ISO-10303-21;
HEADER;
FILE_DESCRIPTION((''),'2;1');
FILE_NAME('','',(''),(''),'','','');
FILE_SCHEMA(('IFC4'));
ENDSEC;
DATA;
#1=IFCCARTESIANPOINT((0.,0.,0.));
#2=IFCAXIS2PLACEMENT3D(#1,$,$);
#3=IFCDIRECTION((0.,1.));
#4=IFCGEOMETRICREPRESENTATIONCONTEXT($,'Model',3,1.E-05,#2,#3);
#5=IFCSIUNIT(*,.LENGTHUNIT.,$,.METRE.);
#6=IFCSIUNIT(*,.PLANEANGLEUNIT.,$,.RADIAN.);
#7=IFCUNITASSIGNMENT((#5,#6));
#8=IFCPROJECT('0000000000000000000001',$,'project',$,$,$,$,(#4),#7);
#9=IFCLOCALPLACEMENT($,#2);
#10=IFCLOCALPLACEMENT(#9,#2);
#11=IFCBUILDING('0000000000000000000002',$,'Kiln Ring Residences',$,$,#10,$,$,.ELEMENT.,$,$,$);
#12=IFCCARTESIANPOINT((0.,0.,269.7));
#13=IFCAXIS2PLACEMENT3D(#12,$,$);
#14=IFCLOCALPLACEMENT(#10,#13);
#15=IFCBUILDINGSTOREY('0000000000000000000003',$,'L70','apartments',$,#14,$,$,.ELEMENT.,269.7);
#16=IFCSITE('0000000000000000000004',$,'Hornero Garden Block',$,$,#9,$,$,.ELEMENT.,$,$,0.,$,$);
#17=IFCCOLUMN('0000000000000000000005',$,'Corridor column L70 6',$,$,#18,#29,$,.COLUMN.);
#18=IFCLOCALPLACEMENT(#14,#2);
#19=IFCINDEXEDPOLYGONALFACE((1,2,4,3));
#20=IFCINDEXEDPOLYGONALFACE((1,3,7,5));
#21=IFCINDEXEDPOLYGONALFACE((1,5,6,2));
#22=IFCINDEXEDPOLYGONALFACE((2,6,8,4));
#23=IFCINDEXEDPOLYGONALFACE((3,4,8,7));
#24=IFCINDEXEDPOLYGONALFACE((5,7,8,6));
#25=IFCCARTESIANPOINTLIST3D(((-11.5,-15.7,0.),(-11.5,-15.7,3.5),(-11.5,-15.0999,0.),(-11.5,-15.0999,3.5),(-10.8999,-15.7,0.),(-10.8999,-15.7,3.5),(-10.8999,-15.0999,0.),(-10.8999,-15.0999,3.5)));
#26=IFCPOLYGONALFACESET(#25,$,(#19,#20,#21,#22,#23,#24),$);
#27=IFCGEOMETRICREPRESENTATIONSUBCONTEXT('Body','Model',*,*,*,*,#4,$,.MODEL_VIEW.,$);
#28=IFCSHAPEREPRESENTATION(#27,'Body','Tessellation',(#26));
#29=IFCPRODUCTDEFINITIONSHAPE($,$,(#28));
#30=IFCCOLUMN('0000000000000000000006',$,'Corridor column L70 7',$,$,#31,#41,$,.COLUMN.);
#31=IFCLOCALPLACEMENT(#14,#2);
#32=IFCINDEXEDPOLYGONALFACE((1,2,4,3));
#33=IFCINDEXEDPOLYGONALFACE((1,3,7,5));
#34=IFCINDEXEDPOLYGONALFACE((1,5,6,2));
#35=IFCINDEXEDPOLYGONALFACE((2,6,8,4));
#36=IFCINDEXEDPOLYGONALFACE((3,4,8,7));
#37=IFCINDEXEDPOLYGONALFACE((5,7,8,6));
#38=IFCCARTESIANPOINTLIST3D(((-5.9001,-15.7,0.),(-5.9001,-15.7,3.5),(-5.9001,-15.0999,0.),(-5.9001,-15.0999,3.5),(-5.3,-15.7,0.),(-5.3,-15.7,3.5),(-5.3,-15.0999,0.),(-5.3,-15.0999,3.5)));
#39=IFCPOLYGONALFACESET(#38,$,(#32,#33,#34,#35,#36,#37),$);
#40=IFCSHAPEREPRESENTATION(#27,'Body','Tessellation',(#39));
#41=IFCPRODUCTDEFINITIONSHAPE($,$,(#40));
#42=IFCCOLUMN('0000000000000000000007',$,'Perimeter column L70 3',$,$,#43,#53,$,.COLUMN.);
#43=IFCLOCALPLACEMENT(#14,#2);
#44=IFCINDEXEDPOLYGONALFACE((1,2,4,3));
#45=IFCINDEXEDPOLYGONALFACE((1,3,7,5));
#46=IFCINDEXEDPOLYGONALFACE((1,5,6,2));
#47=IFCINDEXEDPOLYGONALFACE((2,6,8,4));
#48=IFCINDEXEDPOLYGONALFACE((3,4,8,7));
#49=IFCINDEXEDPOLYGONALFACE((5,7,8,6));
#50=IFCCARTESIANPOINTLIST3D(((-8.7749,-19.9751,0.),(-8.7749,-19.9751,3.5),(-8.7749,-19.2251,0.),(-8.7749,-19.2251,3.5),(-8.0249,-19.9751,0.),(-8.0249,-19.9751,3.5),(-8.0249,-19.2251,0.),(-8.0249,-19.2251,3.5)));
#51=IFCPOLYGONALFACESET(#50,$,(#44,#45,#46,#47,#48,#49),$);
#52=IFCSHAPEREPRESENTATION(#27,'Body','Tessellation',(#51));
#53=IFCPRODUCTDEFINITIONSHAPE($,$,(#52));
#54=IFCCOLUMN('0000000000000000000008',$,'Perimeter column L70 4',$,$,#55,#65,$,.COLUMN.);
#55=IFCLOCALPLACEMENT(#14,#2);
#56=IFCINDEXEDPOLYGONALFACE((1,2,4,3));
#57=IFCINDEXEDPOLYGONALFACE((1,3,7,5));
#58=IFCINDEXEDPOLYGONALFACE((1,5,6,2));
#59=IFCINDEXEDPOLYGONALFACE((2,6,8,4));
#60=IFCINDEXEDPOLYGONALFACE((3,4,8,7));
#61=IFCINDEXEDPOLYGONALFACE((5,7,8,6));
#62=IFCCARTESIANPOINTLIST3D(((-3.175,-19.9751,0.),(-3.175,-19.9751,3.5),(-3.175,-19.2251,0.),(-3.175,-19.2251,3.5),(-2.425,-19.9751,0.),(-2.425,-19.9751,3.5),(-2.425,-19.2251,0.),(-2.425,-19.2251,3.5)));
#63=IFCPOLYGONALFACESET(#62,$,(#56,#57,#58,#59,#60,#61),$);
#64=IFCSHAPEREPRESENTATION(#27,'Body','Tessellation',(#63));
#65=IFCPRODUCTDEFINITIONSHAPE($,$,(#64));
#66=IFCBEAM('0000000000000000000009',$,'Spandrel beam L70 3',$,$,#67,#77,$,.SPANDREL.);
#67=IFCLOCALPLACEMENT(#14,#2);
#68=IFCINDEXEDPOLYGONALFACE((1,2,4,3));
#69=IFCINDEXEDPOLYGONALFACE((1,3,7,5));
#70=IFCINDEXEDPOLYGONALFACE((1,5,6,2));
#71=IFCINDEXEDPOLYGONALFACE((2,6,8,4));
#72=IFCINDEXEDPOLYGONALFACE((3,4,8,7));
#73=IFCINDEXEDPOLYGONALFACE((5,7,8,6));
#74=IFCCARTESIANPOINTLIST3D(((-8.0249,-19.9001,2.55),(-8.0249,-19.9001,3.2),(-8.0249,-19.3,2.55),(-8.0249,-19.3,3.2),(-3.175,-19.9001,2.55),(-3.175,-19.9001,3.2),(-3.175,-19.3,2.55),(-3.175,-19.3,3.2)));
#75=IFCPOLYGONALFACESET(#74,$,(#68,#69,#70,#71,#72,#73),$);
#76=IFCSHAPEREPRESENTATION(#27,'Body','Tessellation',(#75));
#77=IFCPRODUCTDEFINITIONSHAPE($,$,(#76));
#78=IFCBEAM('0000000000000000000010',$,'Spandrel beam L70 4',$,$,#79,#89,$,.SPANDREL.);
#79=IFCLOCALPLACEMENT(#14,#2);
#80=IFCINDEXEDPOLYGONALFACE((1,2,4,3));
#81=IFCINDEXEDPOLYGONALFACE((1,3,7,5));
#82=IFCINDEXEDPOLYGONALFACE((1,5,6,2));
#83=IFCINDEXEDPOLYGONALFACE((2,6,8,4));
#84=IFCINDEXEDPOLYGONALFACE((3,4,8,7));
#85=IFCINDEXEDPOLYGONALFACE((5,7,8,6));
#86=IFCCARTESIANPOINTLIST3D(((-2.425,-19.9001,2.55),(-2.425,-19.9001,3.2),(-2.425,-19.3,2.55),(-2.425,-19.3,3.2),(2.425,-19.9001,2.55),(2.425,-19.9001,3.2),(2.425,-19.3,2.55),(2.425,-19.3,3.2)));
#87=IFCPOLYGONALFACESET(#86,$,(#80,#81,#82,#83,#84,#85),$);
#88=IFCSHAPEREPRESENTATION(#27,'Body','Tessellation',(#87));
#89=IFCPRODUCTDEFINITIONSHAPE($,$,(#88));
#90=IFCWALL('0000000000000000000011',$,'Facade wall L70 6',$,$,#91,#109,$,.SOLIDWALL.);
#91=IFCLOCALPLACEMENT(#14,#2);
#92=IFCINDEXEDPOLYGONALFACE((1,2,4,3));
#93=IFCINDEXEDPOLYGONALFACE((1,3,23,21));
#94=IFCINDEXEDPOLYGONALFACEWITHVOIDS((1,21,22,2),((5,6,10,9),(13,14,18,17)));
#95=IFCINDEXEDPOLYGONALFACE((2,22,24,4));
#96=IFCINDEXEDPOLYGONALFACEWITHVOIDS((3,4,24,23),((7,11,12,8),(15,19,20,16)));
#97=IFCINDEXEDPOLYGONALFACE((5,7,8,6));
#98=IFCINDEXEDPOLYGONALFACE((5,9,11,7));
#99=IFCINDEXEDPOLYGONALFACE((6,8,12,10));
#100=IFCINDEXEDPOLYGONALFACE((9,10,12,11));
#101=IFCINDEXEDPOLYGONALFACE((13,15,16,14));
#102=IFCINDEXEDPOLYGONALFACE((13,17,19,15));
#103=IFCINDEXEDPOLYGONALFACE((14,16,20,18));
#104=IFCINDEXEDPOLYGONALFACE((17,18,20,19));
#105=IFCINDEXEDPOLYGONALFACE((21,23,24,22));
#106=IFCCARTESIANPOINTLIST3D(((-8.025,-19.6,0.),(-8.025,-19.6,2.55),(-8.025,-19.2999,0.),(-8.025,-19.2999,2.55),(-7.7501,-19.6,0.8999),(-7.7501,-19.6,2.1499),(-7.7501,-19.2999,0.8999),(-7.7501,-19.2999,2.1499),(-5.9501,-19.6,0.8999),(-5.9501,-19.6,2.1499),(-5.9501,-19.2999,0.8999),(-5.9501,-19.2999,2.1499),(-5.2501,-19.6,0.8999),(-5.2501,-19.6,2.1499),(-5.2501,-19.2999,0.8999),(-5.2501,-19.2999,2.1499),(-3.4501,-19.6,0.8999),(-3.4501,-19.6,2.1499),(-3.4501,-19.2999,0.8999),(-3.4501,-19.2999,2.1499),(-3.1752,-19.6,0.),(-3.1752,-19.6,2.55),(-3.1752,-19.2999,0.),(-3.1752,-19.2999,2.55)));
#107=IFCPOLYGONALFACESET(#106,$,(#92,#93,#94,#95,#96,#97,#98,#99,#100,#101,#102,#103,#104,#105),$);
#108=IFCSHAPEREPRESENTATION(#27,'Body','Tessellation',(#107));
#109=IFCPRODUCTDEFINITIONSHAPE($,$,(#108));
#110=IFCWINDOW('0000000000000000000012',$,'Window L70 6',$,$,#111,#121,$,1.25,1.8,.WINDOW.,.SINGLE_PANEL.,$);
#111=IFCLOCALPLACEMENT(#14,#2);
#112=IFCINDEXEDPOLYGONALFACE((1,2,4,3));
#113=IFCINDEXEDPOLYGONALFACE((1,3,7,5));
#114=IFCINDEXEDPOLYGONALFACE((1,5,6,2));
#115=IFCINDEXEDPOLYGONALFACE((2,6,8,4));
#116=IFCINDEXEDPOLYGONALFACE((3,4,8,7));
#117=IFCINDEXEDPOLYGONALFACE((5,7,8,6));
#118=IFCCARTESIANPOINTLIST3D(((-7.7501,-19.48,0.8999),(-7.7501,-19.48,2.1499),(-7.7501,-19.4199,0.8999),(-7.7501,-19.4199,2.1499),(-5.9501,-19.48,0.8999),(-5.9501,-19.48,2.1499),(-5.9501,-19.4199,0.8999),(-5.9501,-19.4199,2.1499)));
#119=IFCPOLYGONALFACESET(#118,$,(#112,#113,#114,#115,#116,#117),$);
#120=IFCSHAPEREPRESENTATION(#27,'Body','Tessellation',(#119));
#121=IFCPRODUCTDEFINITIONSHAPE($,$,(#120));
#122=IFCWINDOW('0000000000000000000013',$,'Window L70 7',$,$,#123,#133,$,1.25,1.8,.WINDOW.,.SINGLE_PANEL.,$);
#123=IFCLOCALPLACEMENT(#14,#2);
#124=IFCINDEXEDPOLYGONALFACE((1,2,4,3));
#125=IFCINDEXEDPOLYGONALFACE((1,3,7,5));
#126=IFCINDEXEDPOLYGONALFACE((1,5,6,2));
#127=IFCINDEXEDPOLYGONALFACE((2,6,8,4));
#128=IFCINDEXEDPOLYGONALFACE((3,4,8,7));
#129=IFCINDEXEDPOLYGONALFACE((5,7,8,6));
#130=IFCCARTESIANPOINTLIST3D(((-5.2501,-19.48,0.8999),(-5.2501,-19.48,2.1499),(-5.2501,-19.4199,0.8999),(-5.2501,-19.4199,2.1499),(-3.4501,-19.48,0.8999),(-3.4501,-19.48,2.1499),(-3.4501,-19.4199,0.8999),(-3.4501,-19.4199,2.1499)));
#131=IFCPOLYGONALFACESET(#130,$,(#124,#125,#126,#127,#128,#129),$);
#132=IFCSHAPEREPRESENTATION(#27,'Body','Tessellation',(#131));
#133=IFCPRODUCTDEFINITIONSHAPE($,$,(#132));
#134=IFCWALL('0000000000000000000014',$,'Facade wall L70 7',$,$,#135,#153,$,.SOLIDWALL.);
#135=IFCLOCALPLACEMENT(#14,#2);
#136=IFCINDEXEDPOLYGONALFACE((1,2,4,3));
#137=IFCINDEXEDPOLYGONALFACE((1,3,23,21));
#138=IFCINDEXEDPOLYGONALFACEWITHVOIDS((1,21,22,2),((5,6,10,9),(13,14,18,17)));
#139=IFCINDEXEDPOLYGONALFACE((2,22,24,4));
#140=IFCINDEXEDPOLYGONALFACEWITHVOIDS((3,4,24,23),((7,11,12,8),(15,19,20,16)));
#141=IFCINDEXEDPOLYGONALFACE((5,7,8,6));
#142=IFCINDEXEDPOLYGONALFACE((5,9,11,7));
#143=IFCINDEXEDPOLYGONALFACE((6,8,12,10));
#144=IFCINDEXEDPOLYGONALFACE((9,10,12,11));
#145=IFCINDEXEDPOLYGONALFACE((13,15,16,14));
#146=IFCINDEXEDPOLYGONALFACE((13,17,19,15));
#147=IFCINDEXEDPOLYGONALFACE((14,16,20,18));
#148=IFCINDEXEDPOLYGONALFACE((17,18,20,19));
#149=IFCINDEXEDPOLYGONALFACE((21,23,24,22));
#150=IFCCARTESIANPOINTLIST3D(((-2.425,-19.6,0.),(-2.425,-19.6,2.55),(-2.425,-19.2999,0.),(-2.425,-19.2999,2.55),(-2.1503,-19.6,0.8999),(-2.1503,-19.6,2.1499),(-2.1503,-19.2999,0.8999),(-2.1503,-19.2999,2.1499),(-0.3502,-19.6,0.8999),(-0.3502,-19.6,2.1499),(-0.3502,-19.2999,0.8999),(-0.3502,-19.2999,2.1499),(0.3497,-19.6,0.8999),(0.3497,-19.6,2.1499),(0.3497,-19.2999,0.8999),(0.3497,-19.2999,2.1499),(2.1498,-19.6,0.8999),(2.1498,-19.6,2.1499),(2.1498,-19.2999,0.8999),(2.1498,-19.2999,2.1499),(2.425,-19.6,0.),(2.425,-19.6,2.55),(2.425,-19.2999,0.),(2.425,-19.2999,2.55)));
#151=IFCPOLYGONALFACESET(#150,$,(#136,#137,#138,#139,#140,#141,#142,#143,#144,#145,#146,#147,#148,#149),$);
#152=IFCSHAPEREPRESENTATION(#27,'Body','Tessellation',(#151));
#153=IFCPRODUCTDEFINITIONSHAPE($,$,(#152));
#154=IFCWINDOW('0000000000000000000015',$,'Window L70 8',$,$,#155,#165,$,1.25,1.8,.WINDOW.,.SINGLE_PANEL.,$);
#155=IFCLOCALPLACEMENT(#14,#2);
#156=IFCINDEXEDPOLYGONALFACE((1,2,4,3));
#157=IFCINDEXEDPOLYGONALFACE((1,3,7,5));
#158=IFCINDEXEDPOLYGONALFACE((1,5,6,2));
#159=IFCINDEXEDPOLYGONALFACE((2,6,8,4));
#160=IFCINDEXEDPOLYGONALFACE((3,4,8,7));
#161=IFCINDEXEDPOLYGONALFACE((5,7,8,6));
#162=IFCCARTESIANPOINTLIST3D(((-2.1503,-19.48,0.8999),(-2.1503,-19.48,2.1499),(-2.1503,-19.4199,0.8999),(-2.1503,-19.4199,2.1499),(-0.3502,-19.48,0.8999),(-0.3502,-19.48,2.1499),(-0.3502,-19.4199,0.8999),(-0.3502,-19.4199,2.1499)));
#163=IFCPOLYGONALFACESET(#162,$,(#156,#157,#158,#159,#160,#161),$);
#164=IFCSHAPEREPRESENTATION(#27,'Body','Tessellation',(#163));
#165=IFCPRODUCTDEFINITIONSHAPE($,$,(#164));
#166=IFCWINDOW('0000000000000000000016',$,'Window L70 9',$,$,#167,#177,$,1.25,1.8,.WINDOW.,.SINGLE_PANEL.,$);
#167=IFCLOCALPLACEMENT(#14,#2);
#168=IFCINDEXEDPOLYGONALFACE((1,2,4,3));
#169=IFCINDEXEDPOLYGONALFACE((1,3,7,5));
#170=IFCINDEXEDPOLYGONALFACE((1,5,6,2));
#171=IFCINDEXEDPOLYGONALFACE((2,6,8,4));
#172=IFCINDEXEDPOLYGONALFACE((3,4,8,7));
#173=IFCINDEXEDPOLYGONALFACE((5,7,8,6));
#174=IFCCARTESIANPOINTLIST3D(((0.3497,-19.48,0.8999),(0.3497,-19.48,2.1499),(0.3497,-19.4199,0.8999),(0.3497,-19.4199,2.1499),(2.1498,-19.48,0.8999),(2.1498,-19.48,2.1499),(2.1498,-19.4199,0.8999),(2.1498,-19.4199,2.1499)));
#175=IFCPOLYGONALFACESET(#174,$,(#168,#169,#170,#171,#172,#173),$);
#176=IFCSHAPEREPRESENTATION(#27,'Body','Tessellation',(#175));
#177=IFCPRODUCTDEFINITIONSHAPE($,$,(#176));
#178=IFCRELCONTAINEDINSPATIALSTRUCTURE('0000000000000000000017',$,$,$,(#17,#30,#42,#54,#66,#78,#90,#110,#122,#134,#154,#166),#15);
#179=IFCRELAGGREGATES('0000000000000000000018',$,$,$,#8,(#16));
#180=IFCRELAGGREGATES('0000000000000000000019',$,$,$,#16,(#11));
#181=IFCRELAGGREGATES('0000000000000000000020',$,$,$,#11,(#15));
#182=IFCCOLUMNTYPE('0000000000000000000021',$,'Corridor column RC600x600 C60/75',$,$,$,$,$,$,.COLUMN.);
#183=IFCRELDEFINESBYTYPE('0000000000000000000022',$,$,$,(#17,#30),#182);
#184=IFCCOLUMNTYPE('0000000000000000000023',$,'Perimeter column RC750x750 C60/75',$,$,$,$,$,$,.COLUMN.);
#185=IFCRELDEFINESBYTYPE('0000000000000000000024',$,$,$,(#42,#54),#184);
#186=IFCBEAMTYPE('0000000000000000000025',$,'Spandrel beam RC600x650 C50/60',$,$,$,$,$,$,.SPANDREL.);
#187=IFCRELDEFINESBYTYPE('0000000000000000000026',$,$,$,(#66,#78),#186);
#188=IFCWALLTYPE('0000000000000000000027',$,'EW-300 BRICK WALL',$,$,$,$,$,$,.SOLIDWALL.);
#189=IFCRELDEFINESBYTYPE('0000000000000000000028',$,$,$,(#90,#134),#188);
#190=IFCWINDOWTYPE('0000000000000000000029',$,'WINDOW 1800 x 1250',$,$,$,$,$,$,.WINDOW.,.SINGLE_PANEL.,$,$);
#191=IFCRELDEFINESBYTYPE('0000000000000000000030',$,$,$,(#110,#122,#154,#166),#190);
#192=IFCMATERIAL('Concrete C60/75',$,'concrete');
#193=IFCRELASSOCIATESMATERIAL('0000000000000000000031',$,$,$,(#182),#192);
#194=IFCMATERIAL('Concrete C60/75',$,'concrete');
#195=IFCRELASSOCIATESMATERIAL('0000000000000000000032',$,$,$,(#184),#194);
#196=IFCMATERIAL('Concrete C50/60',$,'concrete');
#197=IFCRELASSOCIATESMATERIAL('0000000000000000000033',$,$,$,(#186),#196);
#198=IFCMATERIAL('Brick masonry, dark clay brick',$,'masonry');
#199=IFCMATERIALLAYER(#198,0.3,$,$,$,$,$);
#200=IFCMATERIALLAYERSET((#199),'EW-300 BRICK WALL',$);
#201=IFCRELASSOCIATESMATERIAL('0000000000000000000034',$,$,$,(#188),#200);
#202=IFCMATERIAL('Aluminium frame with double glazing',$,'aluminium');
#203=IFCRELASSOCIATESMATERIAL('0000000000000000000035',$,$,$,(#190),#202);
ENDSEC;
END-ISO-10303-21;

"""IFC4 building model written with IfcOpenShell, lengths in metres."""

from ifc_helpers import new_model, si_unit, direction, frame, frame_2d, origin, origin_2d, place, context, subcontext, project, spatial, rectangle, extrude, material, layer, layer_set, material_profile, profile_set, type_object, element, fill, save


model = new_model("IFC4")

# Units and contexts
model_context = context("Model", 3, precision=1e-05, world=origin(), true_north=direction((0.0, 1.0)))
body_context = subcontext(model_context, "Body", "Model", "MODEL_VIEW")
ifc_project = project(units=[si_unit("LENGTHUNIT", "METRE"), si_unit("PLANEANGLEUNIT", "RADIAN")], contexts=[model_context])

# Site, building, storey
site_placement = place(None, origin())
site = spatial("IfcSite", under=ifc_project, at=site_placement, Name="Hornero Garden Block", CompositionType="ELEMENT", RefElevation=0.0)
building_placement = place(site_placement, origin())
building = spatial("IfcBuilding", under=site, at=building_placement, Name="Kiln Ring Residences", CompositionType="ELEMENT")
storey_placement = place(building_placement, frame((0.0, 0.0, 269.7)))
storey = spatial("IfcBuildingStorey", under=building, at=storey_placement, Name="L70", Description="apartments", CompositionType="ELEMENT", Elevation=269.7)

# Columns
ifc_material_1 = material(Name="Concrete C60/75", Category="concrete")
ifc_material_profile_1 = material_profile(ifc_material_1, rectangle(XDim=0.6001, YDim=0.6001, at=origin_2d()), Name="RC600x600")
ifc_profile_set_1 = profile_set([ifc_material_profile_1], Name="Concrete C60/75")
column_type_1 = type_object("IfcColumnType", Name="Corridor column RC600x600 C60/75", PredefinedType="COLUMN", material=ifc_profile_set_1)
for number, where, z_axis, x_axis, name in (
    (1, (-11.2, -15.3999, 0.0), (0.0, 0.0, 1.0), (1.0, 0.0, 0.0), "Corridor column L70 6"),
    (2, (-5.6001, -15.3999, 0.0), (0.0, 0.0, 1.0), (1.0, 0.0, 0.0), "Corridor column L70 7"),
):
    element("IfcColumn", number, at=place(storey_placement, frame(where, z_axis=z_axis, x_axis=x_axis)), inside=storey, type_object=column_type_1, Name=name, PredefinedType="COLUMN", context=body_context, shape_type="SweptSolid", body=[
        extrude(rectangle(XDim=0.6001, YDim=0.6001, at=origin_2d()), origin(), (0.0, 0.0, 1.0), 3.5),
    ])
ifc_material_2 = material(Name="Concrete C60/75", Category="concrete")
ifc_material_profile_2 = material_profile(ifc_material_2, rectangle(XDim=0.75, YDim=0.75, at=origin_2d()), Name="RC750x750")
ifc_profile_set_2 = profile_set([ifc_material_profile_2], Name="Concrete C60/75")
column_type_2 = type_object("IfcColumnType", Name="Perimeter column RC750x750 C60/75", PredefinedType="COLUMN", material=ifc_profile_set_2)
for number, where, z_axis, x_axis, name in (
    (3, (-8.3999, -19.6001, 0.0), (0.0, 0.0, 1.0), (1.0, 0.0, 0.0), "Perimeter column L70 3"),
    (4, (-2.8, -19.6001, 0.0), (0.0, 0.0, 1.0), (1.0, 0.0, 0.0), "Perimeter column L70 4"),
):
    element("IfcColumn", number, at=place(storey_placement, frame(where, z_axis=z_axis, x_axis=x_axis)), inside=storey, type_object=column_type_2, Name=name, PredefinedType="COLUMN", context=body_context, shape_type="SweptSolid", body=[
        extrude(rectangle(XDim=0.75, YDim=0.75, at=origin_2d()), origin(), (0.0, 0.0, 1.0), 3.5),
    ])

# Beams
ifc_material_3 = material(Name="Concrete C50/60", Category="concrete")
ifc_material_profile_3 = material_profile(ifc_material_3, rectangle(XDim=0.6001, YDim=0.6499, at=origin_2d()), Name="RC600x650")
ifc_profile_set_3 = profile_set([ifc_material_profile_3], Name="Concrete C50/60")
beam_type = type_object("IfcBeamType", Name="Spandrel beam RC600x650 C50/60", PredefinedType="SPANDREL", material=ifc_profile_set_3)
beam_1_placement = place(storey_placement, frame((-8.0249, -19.6001, 2.875), z_axis=(1.0, 0.0, 0.0), x_axis=(0.0, 1.0, 0.0)))
element("IfcBeam", 5, at=beam_1_placement, inside=storey, type_object=beam_type, Name="Spandrel beam L70 3", PredefinedType="SPANDREL", context=body_context, shape_type="SweptSolid", body=[
    extrude(rectangle(XDim=0.6001, YDim=0.6499, at=origin_2d()), origin(), (0.0, 0.0, 1.0), 4.8499),
])
beam_2_placement = place(storey_placement, frame((-2.425, -19.6001, 2.875), z_axis=(1.0, 0.0, 0.0), x_axis=(0.0, 1.0, 0.0)))
element("IfcBeam", 6, at=beam_2_placement, inside=storey, type_object=beam_type, Name="Spandrel beam L70 4", PredefinedType="SPANDREL", context=body_context, shape_type="SweptSolid", body=[
    extrude(rectangle(XDim=0.6001, YDim=0.6499, at=origin_2d()), origin(), (0.0, 0.0, 1.0), 4.8501),
])

# Walls, openings, windows
ifc_material_4 = material(Name="Brick masonry, dark clay brick", Category="masonry")
ifc_layer_1 = layer(ifc_material_4, 0.3)
ifc_layer_set_1 = layer_set([ifc_layer_1], Name="EW-300 BRICK WALL")
wall_type_1 = type_object("IfcWallType", Name="EW-300 BRICK WALL", PredefinedType="SOLIDWALL", material=ifc_layer_set_1)
wall_1_placement = place(storey_placement, frame((-8.0249, -19.45, 0.0), z_axis=(0.0, 0.0, 1.0), x_axis=(1.0, 0.0, 0.0)))
wall_1 = element("IfcWall", 7, at=wall_1_placement, inside=storey, type_object=wall_type_1, Name="Facade wall L70 6", PredefinedType="SOLIDWALL", context=body_context, shape_type="SweptSolid", body=[
    extrude(rectangle(XDim=4.8499, YDim=0.3, at=frame_2d((2.4248, 0.0))), origin(), (0.0, 0.0, 1.0), 2.55),
])
opening_1_placement = place(wall_1_placement, frame((0.2749, 0.0, 0.8999)))
opening_1 = element("IfcOpeningElement", 8, at=opening_1_placement, cuts=wall_1, PredefinedType="OPENING", context=body_context, shape_type="SweptSolid", body=[
    extrude(rectangle(XDim=1.8, YDim=1.25, at=frame_2d((0.8999, 0.625))), frame((0.0, 0.1599, 0.0), z_axis=(0.0, -1.0, 0.0), x_axis=(1.0, 0.0, 0.0)), (0.0, 0.0, 1.0), 0.3201),
])
opening_2_placement = place(wall_1_placement, frame((2.7749, 0.0, 0.8999)))
opening_2 = element("IfcOpeningElement", 9, at=opening_2_placement, cuts=wall_1, PredefinedType="OPENING", context=body_context, shape_type="SweptSolid", body=[
    extrude(rectangle(XDim=1.8, YDim=1.25, at=frame_2d((0.8999, 0.625))), frame((0.0, 0.1599, 0.0), z_axis=(0.0, -1.0, 0.0), x_axis=(1.0, 0.0, 0.0)), (0.0, 0.0, 1.0), 0.3201),
])
ifc_material_5 = material(Name="Aluminium frame with double glazing", Category="aluminium")
window_type = type_object("IfcWindowType", Name="WINDOW 1800 x 1250", PartitioningType="SINGLE_PANEL", PredefinedType="WINDOW", material=ifc_material_5)
window_1_placement = place(opening_1_placement, origin())
window_1 = element("IfcWindow", 10, at=window_1_placement, inside=storey, type_object=window_type, Name="Window L70 6", OverallHeight=1.25, OverallWidth=1.8, PartitioningType="SINGLE_PANEL", PredefinedType="WINDOW", context=body_context, shape_type="SweptSolid", body=[
    extrude(rectangle(XDim=1.8, YDim=1.25, at=frame_2d((0.8999, 0.625))), frame((0.0, 0.03, 0.0), z_axis=(0.0, -1.0, 0.0), x_axis=(1.0, 0.0, 0.0)), (0.0, 0.0, 1.0), 0.0601),
])
fill(opening_1, window_1)
window_2_placement = place(opening_2_placement, origin())
window_2 = element("IfcWindow", 11, at=window_2_placement, inside=storey, type_object=window_type, Name="Window L70 7", OverallHeight=1.25, OverallWidth=1.8, PartitioningType="SINGLE_PANEL", PredefinedType="WINDOW", context=body_context, shape_type="SweptSolid", body=[
    extrude(rectangle(XDim=1.8, YDim=1.25, at=frame_2d((0.8999, 0.625))), frame((0.0, 0.03, 0.0), z_axis=(0.0, -1.0, 0.0), x_axis=(1.0, 0.0, 0.0)), (0.0, 0.0, 1.0), 0.0601),
])
fill(opening_2, window_2)
wall_2_placement = place(storey_placement, frame((-2.425, -19.45, 0.0), z_axis=(0.0, 0.0, 1.0), x_axis=(1.0, 0.0, 0.0)))
wall_2 = element("IfcWall", 12, at=wall_2_placement, inside=storey, type_object=wall_type_1, Name="Facade wall L70 7", PredefinedType="SOLIDWALL", context=body_context, shape_type="SweptSolid", body=[
    extrude(rectangle(XDim=4.8501, YDim=0.3, at=frame_2d((2.425, 0.0))), origin(), (0.0, 0.0, 1.0), 2.55),
])
opening_3_placement = place(wall_2_placement, frame((0.2749, 0.0, 0.8999)))
opening_3 = element("IfcOpeningElement", 13, at=opening_3_placement, cuts=wall_2, PredefinedType="OPENING", context=body_context, shape_type="SweptSolid", body=[
    extrude(rectangle(XDim=1.8, YDim=1.25, at=frame_2d((0.8999, 0.625))), frame((0.0, 0.1599, 0.0), z_axis=(0.0, -1.0, 0.0), x_axis=(1.0, 0.0, 0.0)), (0.0, 0.0, 1.0), 0.3201),
])
opening_4_placement = place(wall_2_placement, frame((2.7749, 0.0, 0.8999)))
opening_4 = element("IfcOpeningElement", 14, at=opening_4_placement, cuts=wall_2, PredefinedType="OPENING", context=body_context, shape_type="SweptSolid", body=[
    extrude(rectangle(XDim=1.8, YDim=1.25, at=frame_2d((0.8999, 0.625))), frame((0.0, 0.1599, 0.0), z_axis=(0.0, -1.0, 0.0), x_axis=(1.0, 0.0, 0.0)), (0.0, 0.0, 1.0), 0.3201),
])
window_3_placement = place(opening_3_placement, origin())
window_3 = element("IfcWindow", 15, at=window_3_placement, inside=storey, type_object=window_type, Name="Window L70 8", OverallHeight=1.25, OverallWidth=1.8, PartitioningType="SINGLE_PANEL", PredefinedType="WINDOW", context=body_context, shape_type="SweptSolid", body=[
    extrude(rectangle(XDim=1.8, YDim=1.25, at=frame_2d((0.8999, 0.625))), frame((0.0, 0.03, 0.0), z_axis=(0.0, -1.0, 0.0), x_axis=(1.0, 0.0, 0.0)), (0.0, 0.0, 1.0), 0.0601),
])
fill(opening_3, window_3)
window_4_placement = place(opening_4_placement, origin())
window_4 = element("IfcWindow", 16, at=window_4_placement, inside=storey, type_object=window_type, Name="Window L70 9", OverallHeight=1.25, OverallWidth=1.8, PartitioningType="SINGLE_PANEL", PredefinedType="WINDOW", context=body_context, shape_type="SweptSolid", body=[
    extrude(rectangle(XDim=1.8, YDim=1.25, at=frame_2d((0.8999, 0.625))), frame((0.0, 0.03, 0.0), z_axis=(0.0, -1.0, 0.0), x_axis=(1.0, 0.0, 0.0)), (0.0, 0.0, 1.0), 0.0601),
])
fill(opening_4, window_4)

save(model, "model.ifc")
